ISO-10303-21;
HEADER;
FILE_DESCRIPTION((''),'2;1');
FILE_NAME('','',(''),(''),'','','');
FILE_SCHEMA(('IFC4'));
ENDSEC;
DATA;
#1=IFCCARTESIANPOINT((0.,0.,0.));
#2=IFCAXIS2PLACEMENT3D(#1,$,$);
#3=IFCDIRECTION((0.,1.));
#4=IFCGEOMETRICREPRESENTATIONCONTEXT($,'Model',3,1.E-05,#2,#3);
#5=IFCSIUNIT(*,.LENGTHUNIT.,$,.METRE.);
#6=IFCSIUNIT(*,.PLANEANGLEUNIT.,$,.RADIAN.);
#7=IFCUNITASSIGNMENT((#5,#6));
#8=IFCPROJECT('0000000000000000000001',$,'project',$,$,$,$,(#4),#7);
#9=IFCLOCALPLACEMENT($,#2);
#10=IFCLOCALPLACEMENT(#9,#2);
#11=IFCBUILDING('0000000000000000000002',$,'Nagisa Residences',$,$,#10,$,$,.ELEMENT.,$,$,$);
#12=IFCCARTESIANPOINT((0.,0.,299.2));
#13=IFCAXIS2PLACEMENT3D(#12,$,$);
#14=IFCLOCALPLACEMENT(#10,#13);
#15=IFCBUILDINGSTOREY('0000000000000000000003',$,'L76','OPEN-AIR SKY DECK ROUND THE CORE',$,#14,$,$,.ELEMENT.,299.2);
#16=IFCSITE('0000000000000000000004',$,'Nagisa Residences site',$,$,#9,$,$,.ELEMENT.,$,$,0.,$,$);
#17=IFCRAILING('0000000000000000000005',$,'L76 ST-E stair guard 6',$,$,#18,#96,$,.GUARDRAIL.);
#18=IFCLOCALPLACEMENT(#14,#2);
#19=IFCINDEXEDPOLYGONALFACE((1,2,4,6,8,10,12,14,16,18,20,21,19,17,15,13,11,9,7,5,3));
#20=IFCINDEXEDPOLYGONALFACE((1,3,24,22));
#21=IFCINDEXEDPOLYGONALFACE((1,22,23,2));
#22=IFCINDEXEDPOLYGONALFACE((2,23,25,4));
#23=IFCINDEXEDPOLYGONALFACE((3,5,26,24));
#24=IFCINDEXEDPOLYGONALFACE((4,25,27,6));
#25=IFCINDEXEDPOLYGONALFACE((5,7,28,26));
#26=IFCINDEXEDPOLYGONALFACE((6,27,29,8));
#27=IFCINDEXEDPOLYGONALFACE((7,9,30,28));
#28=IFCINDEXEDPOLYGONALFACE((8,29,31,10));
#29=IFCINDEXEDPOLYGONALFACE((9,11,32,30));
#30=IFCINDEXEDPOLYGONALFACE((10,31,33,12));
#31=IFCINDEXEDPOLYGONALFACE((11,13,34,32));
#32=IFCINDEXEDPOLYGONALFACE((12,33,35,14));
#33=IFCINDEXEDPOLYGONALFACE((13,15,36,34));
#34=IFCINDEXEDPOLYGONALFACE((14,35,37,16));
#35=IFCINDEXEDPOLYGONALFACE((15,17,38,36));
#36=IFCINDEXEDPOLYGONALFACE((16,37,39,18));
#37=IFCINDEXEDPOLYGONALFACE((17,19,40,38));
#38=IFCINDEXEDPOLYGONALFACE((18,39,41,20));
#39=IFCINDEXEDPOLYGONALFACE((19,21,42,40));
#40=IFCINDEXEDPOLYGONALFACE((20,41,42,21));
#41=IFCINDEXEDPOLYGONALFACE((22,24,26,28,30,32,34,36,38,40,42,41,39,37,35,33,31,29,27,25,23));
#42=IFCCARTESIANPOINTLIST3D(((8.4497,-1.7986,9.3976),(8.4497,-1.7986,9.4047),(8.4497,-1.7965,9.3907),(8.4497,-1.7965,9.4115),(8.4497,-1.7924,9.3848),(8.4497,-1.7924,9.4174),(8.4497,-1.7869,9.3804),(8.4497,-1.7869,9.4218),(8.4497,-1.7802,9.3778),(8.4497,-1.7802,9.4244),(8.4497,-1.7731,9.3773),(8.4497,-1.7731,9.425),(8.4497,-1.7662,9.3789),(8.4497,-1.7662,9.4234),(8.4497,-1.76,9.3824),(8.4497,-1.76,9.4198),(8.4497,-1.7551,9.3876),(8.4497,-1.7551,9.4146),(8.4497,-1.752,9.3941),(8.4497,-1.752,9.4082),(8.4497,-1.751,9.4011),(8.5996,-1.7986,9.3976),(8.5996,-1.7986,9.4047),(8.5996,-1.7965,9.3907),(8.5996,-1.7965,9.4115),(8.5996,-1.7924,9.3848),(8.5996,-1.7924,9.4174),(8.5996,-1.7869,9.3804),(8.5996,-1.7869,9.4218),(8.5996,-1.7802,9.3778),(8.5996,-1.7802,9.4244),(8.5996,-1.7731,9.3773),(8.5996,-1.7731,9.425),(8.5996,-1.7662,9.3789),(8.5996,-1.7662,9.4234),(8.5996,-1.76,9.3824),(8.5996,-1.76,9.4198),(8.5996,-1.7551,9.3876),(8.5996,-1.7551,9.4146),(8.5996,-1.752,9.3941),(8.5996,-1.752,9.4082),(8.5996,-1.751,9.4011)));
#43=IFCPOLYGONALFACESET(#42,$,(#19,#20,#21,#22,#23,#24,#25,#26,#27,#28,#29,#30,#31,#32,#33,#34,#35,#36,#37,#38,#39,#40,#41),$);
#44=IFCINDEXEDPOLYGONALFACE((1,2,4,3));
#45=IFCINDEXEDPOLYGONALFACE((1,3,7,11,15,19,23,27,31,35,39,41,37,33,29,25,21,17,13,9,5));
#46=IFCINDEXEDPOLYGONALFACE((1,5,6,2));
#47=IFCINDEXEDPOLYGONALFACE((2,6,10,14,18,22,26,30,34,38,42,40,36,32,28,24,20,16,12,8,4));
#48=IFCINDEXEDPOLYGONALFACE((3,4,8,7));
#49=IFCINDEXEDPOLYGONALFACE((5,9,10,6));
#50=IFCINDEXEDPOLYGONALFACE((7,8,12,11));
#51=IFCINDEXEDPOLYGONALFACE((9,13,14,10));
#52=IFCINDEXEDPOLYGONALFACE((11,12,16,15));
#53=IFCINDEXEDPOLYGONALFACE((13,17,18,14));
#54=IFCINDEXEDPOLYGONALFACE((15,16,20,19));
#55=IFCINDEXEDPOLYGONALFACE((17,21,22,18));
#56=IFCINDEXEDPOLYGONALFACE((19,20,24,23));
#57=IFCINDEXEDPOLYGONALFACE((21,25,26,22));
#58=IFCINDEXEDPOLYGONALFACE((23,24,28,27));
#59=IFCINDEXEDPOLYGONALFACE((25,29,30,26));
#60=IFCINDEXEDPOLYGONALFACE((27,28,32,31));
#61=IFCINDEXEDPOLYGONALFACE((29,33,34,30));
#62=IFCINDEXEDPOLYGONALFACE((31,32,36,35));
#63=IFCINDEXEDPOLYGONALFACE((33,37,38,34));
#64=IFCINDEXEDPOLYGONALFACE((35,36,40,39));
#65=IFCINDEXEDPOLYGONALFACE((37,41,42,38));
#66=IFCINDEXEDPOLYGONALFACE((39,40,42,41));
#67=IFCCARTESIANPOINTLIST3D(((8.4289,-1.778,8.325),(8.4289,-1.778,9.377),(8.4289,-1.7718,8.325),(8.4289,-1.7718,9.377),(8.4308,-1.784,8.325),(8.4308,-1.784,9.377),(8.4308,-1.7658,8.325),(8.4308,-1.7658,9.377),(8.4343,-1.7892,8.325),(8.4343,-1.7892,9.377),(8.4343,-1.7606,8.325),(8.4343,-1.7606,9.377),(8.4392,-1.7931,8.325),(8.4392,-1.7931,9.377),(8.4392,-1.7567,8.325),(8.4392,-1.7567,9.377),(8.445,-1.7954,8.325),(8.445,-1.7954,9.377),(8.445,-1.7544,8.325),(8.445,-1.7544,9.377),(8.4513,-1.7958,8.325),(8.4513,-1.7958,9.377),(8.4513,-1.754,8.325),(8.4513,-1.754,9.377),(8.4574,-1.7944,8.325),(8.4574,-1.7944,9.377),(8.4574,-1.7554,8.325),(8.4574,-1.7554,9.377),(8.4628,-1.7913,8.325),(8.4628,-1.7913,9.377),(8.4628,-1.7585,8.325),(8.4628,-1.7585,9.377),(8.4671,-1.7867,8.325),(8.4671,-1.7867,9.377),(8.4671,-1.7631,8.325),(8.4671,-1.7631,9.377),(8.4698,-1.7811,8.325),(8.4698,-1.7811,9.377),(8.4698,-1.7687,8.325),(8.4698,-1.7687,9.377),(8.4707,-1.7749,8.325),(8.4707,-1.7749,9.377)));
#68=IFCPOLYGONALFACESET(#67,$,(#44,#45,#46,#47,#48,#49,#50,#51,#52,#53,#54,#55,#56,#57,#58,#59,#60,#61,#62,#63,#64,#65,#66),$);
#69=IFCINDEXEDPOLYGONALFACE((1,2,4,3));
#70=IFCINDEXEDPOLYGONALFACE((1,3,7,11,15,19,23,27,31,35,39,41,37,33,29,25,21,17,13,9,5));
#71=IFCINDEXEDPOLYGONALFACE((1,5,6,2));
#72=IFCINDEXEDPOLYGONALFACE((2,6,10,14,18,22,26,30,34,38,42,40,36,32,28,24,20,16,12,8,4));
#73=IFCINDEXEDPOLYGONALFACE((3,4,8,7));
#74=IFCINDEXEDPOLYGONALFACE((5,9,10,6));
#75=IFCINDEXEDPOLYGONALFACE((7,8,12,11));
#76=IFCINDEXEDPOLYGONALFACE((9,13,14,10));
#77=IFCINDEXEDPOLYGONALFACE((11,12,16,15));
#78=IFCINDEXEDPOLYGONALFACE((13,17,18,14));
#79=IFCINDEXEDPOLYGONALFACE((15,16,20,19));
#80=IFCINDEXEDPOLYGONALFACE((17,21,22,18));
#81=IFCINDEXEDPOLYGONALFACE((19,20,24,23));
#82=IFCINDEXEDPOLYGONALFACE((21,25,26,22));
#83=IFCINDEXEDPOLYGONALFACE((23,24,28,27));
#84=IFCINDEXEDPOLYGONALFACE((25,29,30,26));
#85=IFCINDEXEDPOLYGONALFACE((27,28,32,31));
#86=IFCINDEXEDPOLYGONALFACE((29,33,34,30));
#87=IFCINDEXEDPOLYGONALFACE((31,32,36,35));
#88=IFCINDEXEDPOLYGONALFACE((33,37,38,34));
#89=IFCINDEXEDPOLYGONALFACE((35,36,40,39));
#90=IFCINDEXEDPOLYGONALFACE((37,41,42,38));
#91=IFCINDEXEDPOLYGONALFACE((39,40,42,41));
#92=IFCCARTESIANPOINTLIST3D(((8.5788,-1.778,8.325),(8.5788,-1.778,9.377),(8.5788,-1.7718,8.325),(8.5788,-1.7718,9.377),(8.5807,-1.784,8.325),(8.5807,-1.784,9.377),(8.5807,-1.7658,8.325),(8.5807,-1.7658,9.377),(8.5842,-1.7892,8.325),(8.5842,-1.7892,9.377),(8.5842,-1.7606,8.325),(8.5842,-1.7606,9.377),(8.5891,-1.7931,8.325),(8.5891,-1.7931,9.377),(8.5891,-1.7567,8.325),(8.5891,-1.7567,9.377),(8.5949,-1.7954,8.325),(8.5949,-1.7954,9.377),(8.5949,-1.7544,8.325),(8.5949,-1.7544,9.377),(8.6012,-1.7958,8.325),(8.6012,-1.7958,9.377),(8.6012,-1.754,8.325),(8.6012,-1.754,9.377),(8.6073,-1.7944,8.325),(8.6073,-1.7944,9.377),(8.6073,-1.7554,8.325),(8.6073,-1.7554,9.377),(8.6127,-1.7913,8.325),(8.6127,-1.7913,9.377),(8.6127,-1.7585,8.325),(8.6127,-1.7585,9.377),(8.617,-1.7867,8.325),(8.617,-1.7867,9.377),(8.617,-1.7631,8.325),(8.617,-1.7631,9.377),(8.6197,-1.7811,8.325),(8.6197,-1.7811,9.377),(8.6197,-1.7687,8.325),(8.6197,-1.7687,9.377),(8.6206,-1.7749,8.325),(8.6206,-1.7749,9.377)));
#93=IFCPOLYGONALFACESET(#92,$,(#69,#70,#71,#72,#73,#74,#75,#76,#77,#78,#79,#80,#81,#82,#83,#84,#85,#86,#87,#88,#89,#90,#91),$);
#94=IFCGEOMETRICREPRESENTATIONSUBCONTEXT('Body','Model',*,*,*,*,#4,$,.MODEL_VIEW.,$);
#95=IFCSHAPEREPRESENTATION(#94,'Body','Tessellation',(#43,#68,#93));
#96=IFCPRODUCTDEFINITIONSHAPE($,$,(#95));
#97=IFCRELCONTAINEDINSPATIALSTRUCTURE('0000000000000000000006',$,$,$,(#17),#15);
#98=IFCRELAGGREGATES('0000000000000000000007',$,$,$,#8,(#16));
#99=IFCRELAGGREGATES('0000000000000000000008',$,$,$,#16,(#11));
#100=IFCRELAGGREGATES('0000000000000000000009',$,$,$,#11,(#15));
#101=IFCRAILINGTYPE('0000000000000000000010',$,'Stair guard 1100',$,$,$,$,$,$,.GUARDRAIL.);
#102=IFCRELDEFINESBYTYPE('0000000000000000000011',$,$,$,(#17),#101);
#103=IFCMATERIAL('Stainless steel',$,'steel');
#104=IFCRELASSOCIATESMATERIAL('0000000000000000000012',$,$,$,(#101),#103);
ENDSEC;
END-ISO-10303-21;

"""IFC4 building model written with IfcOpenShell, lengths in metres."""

from ifc_helpers import new_model, si_unit, direction, frame, origin, origin_2d, place, context, subcontext, project, spatial, circle, extrude, material, type_object, element, save


model = new_model("IFC4")

# Units and contexts
model_context = context("Model", 3, precision=1e-05, world=origin(), true_north=direction((0.0, 1.0)))
body_context = subcontext(model_context, "Body", "Model", "MODEL_VIEW")
ifc_project = project(units=[si_unit("LENGTHUNIT", "METRE"), si_unit("PLANEANGLEUNIT", "RADIAN")], contexts=[model_context])

# Site, building, storey
site_placement = place(None, origin())
site = spatial("IfcSite", under=ifc_project, at=site_placement, Name="Nagisa Residences site", CompositionType="ELEMENT", RefElevation=0.0)
building_placement = place(site_placement, origin())
building = spatial("IfcBuilding", under=site, at=building_placement, Name="Nagisa Residences", CompositionType="ELEMENT")
storey_placement = place(building_placement, frame((0.0, 0.0, 299.2)))
storey = spatial("IfcBuildingStorey", under=building, at=storey_placement, Name="L76", Description="OPEN-AIR SKY DECK ROUND THE CORE", CompositionType="ELEMENT", Elevation=299.2)

# Railing
ifc_material_1 = material(Name="Stainless steel", Category="steel")
railing_type_1 = type_object("IfcRailingType", Name="Stair guard 1100", PredefinedType="GUARDRAIL", material=ifc_material_1)
railing_1_placement = place(storey_placement, frame((8.4497, -1.7749, 8.325)))
element("IfcRailing", 1, at=railing_1_placement, inside=storey, type_object=railing_type_1, Name="L76 ST-E stair guard 6", PredefinedType="GUARDRAIL", context=body_context, shape_type="SweptSolid", body=[
    extrude(circle(Radius=0.0239, at=origin_2d()), frame((0.0, 0.0, 1.0762), z_axis=(1.0, 0.0, 0.0), x_axis=(0.0, 1.0, 0.0)), (0.0, 0.0, 1.0), 0.1499),
    extrude(circle(Radius=0.021, at=origin_2d()), origin(), (0.0, 0.0, 1.0), 1.052),
    extrude(circle(Radius=0.021, at=origin_2d()), frame((0.1499, 0.0, 0.0)), (0.0, 0.0, 1.0), 1.052),
])

save(model, "model.ifc")
